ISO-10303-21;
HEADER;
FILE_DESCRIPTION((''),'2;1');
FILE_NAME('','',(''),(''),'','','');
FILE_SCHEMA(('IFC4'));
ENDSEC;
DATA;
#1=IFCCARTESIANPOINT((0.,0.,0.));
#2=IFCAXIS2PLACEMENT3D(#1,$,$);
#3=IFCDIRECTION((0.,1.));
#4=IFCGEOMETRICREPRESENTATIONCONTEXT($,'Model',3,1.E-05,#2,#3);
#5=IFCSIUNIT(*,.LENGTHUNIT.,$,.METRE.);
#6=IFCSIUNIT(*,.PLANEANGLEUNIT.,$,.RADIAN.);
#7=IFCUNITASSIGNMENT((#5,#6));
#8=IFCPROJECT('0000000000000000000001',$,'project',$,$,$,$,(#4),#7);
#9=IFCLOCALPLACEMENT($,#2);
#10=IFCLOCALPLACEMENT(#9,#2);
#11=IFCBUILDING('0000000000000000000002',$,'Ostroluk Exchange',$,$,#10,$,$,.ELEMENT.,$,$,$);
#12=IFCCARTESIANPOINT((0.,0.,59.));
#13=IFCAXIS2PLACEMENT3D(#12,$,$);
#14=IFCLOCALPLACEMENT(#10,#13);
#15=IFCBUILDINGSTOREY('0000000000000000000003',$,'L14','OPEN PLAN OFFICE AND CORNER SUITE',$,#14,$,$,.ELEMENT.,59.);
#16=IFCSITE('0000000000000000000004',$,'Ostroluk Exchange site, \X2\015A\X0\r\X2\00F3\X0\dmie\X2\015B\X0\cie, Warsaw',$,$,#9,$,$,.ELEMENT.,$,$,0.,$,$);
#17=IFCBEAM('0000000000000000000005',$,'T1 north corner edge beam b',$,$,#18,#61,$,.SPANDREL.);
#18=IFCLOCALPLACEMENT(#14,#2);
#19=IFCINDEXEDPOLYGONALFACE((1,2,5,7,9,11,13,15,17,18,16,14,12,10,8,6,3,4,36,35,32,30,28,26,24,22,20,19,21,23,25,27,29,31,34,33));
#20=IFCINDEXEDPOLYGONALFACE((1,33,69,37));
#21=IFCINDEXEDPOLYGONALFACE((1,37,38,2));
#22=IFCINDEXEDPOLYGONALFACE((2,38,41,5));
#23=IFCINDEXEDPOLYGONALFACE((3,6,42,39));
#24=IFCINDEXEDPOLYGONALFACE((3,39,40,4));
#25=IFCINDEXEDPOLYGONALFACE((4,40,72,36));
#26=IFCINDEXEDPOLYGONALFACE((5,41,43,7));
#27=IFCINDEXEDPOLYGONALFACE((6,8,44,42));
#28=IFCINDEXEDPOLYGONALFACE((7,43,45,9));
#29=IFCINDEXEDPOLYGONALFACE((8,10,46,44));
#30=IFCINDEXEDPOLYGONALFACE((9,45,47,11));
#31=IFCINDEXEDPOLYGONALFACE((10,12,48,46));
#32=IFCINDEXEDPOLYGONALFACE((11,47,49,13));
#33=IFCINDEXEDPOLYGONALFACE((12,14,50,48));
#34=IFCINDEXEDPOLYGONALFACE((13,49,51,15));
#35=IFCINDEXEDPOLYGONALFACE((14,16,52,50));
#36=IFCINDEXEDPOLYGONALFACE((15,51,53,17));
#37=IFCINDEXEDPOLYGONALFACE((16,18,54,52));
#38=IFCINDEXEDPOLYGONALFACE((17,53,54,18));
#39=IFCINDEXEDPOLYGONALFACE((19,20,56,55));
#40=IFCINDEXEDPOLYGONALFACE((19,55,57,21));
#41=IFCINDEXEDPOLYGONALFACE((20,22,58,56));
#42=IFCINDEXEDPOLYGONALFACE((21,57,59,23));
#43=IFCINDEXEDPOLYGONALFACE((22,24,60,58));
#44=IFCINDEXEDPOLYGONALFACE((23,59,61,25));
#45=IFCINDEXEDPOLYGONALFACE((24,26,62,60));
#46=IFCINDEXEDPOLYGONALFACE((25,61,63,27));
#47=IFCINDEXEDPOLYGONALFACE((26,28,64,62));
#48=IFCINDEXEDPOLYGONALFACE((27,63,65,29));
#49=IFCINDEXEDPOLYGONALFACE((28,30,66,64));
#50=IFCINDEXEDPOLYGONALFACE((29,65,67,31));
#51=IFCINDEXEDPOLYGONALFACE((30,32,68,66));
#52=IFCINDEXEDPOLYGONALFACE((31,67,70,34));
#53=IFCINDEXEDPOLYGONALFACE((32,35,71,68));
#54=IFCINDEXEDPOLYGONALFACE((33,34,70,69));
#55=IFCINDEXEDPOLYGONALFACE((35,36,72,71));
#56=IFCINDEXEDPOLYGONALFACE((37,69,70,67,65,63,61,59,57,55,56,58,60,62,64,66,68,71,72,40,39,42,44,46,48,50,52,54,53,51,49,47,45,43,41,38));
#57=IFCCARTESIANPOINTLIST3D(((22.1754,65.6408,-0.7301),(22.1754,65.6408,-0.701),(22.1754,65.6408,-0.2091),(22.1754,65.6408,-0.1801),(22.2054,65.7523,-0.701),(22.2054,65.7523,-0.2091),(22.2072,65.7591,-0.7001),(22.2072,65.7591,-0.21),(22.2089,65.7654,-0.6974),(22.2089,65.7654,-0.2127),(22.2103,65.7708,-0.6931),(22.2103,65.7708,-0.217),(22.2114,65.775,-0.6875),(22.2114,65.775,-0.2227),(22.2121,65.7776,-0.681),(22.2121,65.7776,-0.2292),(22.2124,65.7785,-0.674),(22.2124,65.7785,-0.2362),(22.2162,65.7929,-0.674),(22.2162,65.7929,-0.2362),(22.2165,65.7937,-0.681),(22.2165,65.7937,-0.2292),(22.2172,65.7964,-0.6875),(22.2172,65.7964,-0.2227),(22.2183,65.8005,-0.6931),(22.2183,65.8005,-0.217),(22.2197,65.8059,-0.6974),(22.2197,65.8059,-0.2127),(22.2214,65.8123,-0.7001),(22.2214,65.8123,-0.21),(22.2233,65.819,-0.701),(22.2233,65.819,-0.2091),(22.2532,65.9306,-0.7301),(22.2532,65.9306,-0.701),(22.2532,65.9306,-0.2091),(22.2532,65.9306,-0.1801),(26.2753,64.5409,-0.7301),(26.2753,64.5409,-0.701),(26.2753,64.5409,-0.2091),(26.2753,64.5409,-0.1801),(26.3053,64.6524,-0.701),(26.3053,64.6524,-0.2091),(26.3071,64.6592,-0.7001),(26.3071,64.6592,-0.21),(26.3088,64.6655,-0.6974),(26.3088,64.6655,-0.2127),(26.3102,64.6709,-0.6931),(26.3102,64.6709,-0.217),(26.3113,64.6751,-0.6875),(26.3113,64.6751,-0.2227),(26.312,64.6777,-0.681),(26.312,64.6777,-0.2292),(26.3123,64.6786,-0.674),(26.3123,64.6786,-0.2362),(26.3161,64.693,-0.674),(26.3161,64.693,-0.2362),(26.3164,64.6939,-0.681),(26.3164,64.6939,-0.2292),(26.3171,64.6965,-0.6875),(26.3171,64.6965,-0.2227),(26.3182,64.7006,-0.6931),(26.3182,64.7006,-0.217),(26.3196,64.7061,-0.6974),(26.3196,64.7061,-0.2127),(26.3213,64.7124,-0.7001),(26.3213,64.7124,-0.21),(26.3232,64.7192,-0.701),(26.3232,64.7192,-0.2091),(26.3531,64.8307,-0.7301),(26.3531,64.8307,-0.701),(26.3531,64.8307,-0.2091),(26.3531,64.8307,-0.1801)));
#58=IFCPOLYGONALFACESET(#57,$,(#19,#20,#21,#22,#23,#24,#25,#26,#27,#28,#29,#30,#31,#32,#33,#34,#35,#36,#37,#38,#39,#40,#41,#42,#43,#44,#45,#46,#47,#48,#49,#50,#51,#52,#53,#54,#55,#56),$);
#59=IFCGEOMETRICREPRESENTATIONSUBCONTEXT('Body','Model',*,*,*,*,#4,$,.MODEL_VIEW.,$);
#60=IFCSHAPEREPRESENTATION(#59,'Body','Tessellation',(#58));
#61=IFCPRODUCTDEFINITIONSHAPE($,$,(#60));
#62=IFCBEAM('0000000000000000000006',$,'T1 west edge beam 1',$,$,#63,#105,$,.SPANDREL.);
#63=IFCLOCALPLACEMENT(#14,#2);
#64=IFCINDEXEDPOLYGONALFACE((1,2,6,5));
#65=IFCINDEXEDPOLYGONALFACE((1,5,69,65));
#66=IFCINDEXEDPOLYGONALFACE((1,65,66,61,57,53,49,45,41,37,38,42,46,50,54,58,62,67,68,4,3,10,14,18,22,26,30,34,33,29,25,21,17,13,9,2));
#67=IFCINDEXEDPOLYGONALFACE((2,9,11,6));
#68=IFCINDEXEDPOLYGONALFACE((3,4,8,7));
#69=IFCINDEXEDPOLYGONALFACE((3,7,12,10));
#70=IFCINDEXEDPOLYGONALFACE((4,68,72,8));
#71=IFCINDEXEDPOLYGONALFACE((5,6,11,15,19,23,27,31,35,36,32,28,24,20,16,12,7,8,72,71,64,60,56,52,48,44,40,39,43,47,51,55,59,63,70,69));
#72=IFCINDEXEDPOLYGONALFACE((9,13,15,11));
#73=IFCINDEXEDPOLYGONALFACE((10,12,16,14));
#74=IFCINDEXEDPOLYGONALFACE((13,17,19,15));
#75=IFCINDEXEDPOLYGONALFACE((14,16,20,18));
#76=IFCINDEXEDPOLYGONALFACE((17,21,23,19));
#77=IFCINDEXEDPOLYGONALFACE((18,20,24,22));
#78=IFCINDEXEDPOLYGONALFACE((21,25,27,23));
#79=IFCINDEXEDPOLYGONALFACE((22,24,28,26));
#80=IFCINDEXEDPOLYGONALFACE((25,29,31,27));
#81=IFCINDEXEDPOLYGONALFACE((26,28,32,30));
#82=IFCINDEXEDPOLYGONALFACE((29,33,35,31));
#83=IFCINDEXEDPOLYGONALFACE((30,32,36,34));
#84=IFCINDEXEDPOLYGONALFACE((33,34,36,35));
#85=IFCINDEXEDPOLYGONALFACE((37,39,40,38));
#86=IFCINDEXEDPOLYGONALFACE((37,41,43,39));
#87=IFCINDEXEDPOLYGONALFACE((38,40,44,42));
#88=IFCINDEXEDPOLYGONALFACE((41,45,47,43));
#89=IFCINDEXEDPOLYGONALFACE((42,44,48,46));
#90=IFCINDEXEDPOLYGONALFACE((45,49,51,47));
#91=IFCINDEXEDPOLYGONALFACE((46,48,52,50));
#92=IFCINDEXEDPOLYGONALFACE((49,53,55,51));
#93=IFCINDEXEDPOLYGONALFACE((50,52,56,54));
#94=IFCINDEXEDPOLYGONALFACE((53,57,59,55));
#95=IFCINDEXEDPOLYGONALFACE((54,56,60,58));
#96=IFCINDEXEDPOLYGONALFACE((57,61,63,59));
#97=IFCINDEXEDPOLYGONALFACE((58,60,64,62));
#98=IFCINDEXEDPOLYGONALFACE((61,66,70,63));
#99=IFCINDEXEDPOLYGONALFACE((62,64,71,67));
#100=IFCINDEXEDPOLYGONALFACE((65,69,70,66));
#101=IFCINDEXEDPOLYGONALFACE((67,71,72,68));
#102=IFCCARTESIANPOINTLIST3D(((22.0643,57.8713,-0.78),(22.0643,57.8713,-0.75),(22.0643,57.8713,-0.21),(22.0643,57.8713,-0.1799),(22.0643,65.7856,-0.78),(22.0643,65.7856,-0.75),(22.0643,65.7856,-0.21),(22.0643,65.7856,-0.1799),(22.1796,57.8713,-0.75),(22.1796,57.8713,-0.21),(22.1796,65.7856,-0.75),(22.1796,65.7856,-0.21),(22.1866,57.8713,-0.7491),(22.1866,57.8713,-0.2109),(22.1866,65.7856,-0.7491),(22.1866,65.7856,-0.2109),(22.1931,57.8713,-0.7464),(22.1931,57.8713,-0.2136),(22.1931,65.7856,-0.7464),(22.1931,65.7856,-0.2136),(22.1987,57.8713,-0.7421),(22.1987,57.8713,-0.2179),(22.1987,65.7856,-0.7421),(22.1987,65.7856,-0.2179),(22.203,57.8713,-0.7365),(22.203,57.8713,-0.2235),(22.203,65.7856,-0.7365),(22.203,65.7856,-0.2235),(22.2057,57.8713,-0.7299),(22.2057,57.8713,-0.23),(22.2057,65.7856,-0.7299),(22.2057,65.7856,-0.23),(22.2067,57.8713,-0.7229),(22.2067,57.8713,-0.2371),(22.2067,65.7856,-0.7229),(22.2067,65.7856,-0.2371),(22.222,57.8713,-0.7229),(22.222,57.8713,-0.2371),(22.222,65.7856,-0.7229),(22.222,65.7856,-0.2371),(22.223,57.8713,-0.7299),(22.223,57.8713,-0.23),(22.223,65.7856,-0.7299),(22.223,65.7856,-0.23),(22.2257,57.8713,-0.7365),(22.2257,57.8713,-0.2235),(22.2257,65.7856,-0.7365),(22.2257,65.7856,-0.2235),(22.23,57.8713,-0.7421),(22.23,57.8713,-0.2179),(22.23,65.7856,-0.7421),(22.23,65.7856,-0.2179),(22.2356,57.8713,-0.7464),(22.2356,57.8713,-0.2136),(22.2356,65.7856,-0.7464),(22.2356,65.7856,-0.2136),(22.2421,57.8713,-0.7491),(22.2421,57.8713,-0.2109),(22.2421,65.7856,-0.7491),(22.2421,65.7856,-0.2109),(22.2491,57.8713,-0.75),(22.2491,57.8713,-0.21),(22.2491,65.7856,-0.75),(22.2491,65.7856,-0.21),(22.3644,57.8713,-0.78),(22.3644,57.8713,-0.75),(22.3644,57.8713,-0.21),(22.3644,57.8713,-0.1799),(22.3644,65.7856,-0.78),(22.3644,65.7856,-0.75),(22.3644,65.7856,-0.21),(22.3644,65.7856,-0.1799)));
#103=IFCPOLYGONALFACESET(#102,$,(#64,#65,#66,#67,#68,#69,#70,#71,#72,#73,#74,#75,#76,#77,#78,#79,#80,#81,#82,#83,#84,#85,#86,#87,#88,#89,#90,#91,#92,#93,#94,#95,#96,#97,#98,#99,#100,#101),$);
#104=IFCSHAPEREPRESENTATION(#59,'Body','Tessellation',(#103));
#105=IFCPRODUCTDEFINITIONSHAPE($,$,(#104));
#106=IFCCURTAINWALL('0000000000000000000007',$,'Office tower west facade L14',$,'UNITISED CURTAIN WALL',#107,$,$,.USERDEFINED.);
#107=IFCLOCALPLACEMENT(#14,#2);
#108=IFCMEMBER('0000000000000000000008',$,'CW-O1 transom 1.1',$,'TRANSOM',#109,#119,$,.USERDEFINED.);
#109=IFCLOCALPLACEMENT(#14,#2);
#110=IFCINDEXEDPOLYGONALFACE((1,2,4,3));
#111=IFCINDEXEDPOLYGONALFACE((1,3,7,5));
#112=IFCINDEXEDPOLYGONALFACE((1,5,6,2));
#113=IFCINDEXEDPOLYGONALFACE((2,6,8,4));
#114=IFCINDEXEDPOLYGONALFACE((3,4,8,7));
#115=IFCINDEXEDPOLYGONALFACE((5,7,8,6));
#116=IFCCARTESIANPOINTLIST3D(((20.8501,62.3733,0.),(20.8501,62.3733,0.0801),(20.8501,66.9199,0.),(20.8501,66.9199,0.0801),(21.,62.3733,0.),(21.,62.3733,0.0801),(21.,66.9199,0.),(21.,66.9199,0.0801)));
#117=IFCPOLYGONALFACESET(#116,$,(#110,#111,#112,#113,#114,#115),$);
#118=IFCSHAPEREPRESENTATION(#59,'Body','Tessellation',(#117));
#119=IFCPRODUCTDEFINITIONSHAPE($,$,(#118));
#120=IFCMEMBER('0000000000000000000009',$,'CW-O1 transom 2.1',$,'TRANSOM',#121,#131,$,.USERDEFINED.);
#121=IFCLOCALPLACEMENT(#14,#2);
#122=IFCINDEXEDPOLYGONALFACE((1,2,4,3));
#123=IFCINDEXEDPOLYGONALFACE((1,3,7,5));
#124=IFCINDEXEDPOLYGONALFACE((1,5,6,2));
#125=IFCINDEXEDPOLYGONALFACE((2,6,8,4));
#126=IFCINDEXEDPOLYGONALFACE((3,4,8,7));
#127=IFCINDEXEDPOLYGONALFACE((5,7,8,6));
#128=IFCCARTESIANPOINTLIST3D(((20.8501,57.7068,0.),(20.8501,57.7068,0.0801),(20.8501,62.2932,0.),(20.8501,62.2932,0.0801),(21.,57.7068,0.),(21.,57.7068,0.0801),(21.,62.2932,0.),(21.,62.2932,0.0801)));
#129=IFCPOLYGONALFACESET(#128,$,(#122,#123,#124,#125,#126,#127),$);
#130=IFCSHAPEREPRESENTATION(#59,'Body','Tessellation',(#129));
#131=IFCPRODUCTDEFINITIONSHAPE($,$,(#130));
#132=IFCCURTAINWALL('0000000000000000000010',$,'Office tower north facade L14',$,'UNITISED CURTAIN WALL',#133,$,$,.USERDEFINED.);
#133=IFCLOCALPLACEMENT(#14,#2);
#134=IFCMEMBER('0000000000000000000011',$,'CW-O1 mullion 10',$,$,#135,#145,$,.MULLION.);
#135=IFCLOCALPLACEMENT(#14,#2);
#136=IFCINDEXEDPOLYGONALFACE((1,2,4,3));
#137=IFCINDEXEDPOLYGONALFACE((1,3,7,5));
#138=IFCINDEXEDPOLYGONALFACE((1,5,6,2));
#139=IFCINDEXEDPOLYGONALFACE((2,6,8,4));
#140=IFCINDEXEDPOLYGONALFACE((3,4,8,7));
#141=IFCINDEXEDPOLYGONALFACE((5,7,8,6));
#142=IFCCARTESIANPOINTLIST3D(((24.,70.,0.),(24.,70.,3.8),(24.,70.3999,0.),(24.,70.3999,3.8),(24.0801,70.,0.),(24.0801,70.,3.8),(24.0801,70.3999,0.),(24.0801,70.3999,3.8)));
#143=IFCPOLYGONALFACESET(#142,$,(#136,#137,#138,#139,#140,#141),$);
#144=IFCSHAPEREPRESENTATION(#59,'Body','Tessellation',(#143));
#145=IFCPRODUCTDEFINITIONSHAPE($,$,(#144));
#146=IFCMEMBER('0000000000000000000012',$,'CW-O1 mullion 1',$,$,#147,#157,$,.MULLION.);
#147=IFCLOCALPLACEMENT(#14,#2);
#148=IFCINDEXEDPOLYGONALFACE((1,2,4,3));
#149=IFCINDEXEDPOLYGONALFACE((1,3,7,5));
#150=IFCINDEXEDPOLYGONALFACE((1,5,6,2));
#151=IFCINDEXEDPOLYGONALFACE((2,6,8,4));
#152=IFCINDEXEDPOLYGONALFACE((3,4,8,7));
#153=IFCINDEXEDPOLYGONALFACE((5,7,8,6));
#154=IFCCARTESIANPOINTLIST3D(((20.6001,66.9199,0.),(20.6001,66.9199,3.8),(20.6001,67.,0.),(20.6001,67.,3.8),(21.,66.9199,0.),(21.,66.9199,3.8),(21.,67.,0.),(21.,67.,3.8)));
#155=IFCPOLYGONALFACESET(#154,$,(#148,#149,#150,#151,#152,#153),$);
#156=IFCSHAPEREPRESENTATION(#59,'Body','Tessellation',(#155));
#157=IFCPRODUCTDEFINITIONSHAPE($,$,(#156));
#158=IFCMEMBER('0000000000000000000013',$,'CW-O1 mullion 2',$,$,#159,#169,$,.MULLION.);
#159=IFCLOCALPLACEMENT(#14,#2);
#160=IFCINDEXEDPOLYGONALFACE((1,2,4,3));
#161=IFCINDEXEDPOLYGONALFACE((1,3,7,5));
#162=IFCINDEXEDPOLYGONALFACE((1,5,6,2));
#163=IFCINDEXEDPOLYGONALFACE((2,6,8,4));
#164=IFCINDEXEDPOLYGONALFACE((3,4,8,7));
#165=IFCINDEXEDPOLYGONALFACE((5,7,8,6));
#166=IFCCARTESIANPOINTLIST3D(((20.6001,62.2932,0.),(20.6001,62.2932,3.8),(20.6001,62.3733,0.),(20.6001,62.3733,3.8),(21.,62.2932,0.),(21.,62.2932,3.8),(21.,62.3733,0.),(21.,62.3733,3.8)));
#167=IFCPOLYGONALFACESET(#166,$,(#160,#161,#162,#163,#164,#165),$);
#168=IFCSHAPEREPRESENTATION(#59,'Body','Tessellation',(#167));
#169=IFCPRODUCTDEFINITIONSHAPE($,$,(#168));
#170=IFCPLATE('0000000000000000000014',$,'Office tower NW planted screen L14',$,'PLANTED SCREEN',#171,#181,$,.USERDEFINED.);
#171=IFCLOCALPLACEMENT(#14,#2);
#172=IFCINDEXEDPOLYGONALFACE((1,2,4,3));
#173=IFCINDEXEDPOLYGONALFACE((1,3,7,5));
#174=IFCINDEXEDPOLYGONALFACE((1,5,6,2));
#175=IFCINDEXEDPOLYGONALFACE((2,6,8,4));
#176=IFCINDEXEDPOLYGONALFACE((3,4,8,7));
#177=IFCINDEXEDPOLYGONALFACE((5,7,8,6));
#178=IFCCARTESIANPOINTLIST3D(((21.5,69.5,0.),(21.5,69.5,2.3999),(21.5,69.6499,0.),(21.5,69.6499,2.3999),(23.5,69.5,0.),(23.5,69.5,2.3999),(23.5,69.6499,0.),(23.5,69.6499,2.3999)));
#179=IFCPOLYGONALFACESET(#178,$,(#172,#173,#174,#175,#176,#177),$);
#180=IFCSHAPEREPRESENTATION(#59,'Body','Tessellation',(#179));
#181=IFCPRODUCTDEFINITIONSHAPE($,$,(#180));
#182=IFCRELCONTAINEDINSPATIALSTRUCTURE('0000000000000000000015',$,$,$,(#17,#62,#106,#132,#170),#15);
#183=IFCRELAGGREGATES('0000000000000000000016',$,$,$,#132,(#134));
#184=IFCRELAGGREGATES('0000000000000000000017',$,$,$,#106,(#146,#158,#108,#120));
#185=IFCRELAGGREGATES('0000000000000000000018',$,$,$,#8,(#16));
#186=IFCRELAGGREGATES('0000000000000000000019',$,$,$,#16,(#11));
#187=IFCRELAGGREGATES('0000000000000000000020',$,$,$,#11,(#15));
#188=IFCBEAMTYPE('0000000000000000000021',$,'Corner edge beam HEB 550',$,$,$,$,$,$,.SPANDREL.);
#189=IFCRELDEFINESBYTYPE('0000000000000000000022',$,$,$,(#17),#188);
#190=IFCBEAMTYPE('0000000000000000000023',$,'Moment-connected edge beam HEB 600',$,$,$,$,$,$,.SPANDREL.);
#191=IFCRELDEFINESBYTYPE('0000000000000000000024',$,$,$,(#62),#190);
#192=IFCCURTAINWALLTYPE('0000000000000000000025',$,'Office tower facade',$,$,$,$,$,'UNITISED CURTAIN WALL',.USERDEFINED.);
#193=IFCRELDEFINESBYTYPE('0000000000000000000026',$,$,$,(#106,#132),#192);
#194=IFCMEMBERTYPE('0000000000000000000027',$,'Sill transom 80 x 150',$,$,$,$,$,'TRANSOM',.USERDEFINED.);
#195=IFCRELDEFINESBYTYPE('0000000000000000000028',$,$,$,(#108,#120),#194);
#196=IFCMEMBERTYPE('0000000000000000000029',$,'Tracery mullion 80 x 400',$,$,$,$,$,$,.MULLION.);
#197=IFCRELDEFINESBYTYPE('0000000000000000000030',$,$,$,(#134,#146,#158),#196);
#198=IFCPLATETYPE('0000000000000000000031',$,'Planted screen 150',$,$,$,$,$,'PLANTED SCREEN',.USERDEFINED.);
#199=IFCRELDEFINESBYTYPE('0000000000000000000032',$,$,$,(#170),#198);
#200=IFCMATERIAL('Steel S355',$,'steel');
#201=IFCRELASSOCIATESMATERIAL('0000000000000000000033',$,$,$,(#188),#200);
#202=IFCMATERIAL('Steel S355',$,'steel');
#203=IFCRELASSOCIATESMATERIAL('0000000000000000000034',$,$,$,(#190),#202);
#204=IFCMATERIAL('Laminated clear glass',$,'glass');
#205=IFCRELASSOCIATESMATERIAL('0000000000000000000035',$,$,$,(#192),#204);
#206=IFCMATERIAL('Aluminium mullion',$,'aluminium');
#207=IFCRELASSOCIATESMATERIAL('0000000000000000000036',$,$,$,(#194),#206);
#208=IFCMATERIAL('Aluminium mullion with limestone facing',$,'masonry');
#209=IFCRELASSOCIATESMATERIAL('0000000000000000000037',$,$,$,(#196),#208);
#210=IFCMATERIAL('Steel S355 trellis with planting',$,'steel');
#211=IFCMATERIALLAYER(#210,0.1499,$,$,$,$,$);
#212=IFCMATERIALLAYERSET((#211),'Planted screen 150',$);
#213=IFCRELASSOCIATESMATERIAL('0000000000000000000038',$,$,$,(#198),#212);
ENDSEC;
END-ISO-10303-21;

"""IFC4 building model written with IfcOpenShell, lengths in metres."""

from ifc_helpers import new_model, si_unit, direction, frame, origin, origin_2d, place, context, subcontext, project, spatial, rectangle, i_section, extrude, material, layer, layer_set, material_profile, profile_set, type_object, element, aggregate, save


model = new_model("IFC4")

# Units and contexts
model_context = context("Model", 3, precision=1e-05, world=origin(), true_north=direction((0.0, 1.0)))
body_context = subcontext(model_context, "Body", "Model", "MODEL_VIEW")
ifc_project = project(units=[si_unit("LENGTHUNIT", "METRE"), si_unit("PLANEANGLEUNIT", "RADIAN")], contexts=[model_context])

# Site, building, storey
site_placement = place(None, origin())
site = spatial("IfcSite", under=ifc_project, at=site_placement, Name="Ostroluk Exchange site, Śródmieście, Warsaw", CompositionType="ELEMENT", RefElevation=0.0)
building_placement = place(site_placement, origin())
building = spatial("IfcBuilding", under=site, at=building_placement, Name="Ostroluk Exchange", CompositionType="ELEMENT")
storey_placement = place(building_placement, frame((0.0, 0.0, 59.0)))
storey = spatial("IfcBuildingStorey", under=building, at=storey_placement, Name="L14", Description="OPEN PLAN OFFICE AND CORNER SUITE", CompositionType="ELEMENT", Elevation=59.0)

# Beams
ifc_material_1 = material(Name="Steel S355", Category="steel")
ifc_material_profile_1 = material_profile(ifc_material_1, i_section(OverallWidth=0.3, OverallDepth=0.55, WebThickness=0.0149, FlangeThickness=0.0291, FilletRadius=0.0271, at=origin_2d()), Name="HEB 550")
ifc_profile_set_1 = profile_set([ifc_material_profile_1], Name="Steel S355")
beam_type_1 = type_object("IfcBeamType", Name="Corner edge beam HEB 550", PredefinedType="SPANDREL", material=ifc_profile_set_1)
for number, where, z_axis, x_axis, name in (
    (1, (26.3142, 64.6858, -0.4551), (-0.965849, 0.259105, 0.0), (-0.259105, -0.965849, 0.0), "T1 north corner edge beam b"),
):
    element("IfcBeam", number, at=place(storey_placement, frame(where, z_axis=z_axis, x_axis=x_axis)), inside=storey, type_object=beam_type_1, Name=name, PredefinedType="SPANDREL", context=body_context, shape_type="SweptSolid", body=[
        extrude(i_section(OverallWidth=0.3, OverallDepth=0.55, WebThickness=0.0149, FlangeThickness=0.0291, FilletRadius=0.0271, at=origin_2d()), origin(), (0.0, 0.0, 1.0), 4.2449),
    ])
ifc_material_2 = material(Name="Steel S355", Category="steel")
ifc_material_profile_2 = material_profile(ifc_material_2, i_section(OverallWidth=0.3, OverallDepth=0.6001, WebThickness=0.0154, FlangeThickness=0.03, FilletRadius=0.0271, at=origin_2d()), Name="HEB 600")
ifc_profile_set_2 = profile_set([ifc_material_profile_2], Name="Steel S355")
beam_type_2 = type_object("IfcBeamType", Name="Moment-connected edge beam HEB 600", PredefinedType="SPANDREL", material=ifc_profile_set_2)
beam_1_placement = place(storey_placement, frame((22.2144, 65.7856, -0.48), z_axis=(0.0, -1.0, 0.0), x_axis=(1.0, 0.0, 0.0)))
element("IfcBeam", 2, at=beam_1_placement, inside=storey, type_object=beam_type_2, Name="T1 west edge beam 1", PredefinedType="SPANDREL", context=body_context, shape_type="SweptSolid", body=[
    extrude(i_section(OverallWidth=0.3, OverallDepth=0.6001, WebThickness=0.0154, FlangeThickness=0.03, FilletRadius=0.0271, at=origin_2d()), origin(), (0.0, 0.0, 1.0), 7.9143),
])

# Curtain wall, members
ifc_material_3 = material(Name="Laminated clear glass", Category="glass")
curtain_wall_type = type_object("IfcCurtainWallType", Name="Office tower facade", ElementType="UNITISED CURTAIN WALL", PredefinedType="USERDEFINED", material=ifc_material_3)
curtain_wall_1_placement = place(storey_placement, origin())
curtain_wall_1 = element("IfcCurtainWall", 3, at=curtain_wall_1_placement, inside=storey, type_object=curtain_wall_type, Name="Office tower west facade L14", ObjectType="UNITISED CURTAIN WALL", PredefinedType="USERDEFINED")
ifc_material_4 = material(Name="Aluminium mullion", Category="aluminium")
ifc_material_profile_3 = material_profile(ifc_material_4, rectangle(XDim=0.1499, YDim=0.0801, at=origin_2d()), Name="Sill transom 80 x 150")
ifc_profile_set_3 = profile_set([ifc_material_profile_3], Name="Aluminium mullion")
member_type_1 = type_object("IfcMemberType", Name="Sill transom 80 x 150", ElementType="TRANSOM", PredefinedType="USERDEFINED", material=ifc_profile_set_3)
member_1_placement = place(storey_placement, frame((20.925, 66.9199, 0.04), z_axis=(0.0, -1.0, 0.0), x_axis=(1.0, 0.0, 0.0)))
member_1 = element("IfcMember", 4, at=member_1_placement, type_object=member_type_1, Name="CW-O1 transom 1.1", ObjectType="TRANSOM", PredefinedType="USERDEFINED", context=body_context, shape_type="SweptSolid", body=[
    extrude(rectangle(XDim=0.1499, YDim=0.0801, at=origin_2d()), origin(), (0.0, 0.0, 1.0), 4.5466),
])
member_2_placement = place(storey_placement, frame((20.925, 62.2932, 0.04), z_axis=(0.0, -1.0, 0.0), x_axis=(1.0, 0.0, 0.0)))
member_2 = element("IfcMember", 5, at=member_2_placement, type_object=member_type_1, Name="CW-O1 transom 2.1", ObjectType="TRANSOM", PredefinedType="USERDEFINED", context=body_context, shape_type="SweptSolid", body=[
    extrude(rectangle(XDim=0.1499, YDim=0.0801, at=origin_2d()), origin(), (0.0, 0.0, 1.0), 4.5864),
])

# Curtain wall, member
curtain_wall_2_placement = place(storey_placement, origin())
curtain_wall_2 = element("IfcCurtainWall", 6, at=curtain_wall_2_placement, inside=storey, type_object=curtain_wall_type, Name="Office tower north facade L14", ObjectType="UNITISED CURTAIN WALL", PredefinedType="USERDEFINED")
ifc_material_5 = material(Name="Aluminium mullion with limestone facing", Category="masonry")
ifc_material_profile_4 = material_profile(ifc_material_5, rectangle(XDim=0.3999, YDim=0.0801, at=origin_2d()), Name="Tracery mullion 80 x 400")
ifc_profile_set_4 = profile_set([ifc_material_profile_4], Name="Aluminium mullion with limestone facing")
member_type_2 = type_object("IfcMemberType", Name="Tracery mullion 80 x 400", PredefinedType="MULLION", material=ifc_profile_set_4)
member_3_placement = place(storey_placement, frame((24.04, 70.2, 0.0), z_axis=(0.0, 0.0, 1.0), x_axis=(0.0, -1.0, 0.0)))
member_3 = element("IfcMember", 7, at=member_3_placement, type_object=member_type_2, Name="CW-O1 mullion 10", PredefinedType="MULLION", context=body_context, shape_type="SweptSolid", body=[
    extrude(rectangle(XDim=0.3999, YDim=0.0801, at=origin_2d()), origin(), (0.0, 0.0, 1.0), 3.8),
])

# Members
member_4_placement = place(storey_placement, frame((20.8, 66.96, 0.0), z_axis=(0.0, 0.0, 1.0), x_axis=(1.0, 0.0, 0.0)))
member_4 = element("IfcMember", 8, at=member_4_placement, type_object=member_type_2, Name="CW-O1 mullion 1", PredefinedType="MULLION", context=body_context, shape_type="SweptSolid", body=[
    extrude(rectangle(XDim=0.3999, YDim=0.0801, at=origin_2d()), origin(), (0.0, 0.0, 1.0), 3.8),
])
member_5_placement = place(storey_placement, frame((20.8, 62.3333, 0.0), z_axis=(0.0, 0.0, 1.0), x_axis=(1.0, 0.0, 0.0)))
member_5 = element("IfcMember", 9, at=member_5_placement, type_object=member_type_2, Name="CW-O1 mullion 2", PredefinedType="MULLION", context=body_context, shape_type="SweptSolid", body=[
    extrude(rectangle(XDim=0.3999, YDim=0.0801, at=origin_2d()), origin(), (0.0, 0.0, 1.0), 3.8),
])

# Plate
ifc_material_6 = material(Name="Steel S355 trellis with planting", Category="steel")
ifc_layer_1 = layer(ifc_material_6, 0.1499)
ifc_layer_set_1 = layer_set([ifc_layer_1], Name="Planted screen 150")
plate_type_1 = type_object("IfcPlateType", Name="Planted screen 150", ElementType="PLANTED SCREEN", PredefinedType="USERDEFINED", material=ifc_layer_set_1)
plate_1_placement = place(storey_placement, frame((22.5, 69.575, 0.0), z_axis=(0.0, 0.0, 1.0), x_axis=(1.0, 0.0, 0.0)))
element("IfcPlate", 10, at=plate_1_placement, inside=storey, type_object=plate_type_1, Name="Office tower NW planted screen L14", ObjectType="PLANTED SCREEN", PredefinedType="USERDEFINED", context=body_context, shape_type="SweptSolid", body=[
    extrude(rectangle(XDim=2.0, YDim=0.1499, at=origin_2d()), origin(), (0.0, 0.0, 1.0), 2.3999),
])
aggregate(curtain_wall_2, [member_3])
aggregate(curtain_wall_1, [member_4, member_5, member_1, member_2])

save(model, "model.ifc")
